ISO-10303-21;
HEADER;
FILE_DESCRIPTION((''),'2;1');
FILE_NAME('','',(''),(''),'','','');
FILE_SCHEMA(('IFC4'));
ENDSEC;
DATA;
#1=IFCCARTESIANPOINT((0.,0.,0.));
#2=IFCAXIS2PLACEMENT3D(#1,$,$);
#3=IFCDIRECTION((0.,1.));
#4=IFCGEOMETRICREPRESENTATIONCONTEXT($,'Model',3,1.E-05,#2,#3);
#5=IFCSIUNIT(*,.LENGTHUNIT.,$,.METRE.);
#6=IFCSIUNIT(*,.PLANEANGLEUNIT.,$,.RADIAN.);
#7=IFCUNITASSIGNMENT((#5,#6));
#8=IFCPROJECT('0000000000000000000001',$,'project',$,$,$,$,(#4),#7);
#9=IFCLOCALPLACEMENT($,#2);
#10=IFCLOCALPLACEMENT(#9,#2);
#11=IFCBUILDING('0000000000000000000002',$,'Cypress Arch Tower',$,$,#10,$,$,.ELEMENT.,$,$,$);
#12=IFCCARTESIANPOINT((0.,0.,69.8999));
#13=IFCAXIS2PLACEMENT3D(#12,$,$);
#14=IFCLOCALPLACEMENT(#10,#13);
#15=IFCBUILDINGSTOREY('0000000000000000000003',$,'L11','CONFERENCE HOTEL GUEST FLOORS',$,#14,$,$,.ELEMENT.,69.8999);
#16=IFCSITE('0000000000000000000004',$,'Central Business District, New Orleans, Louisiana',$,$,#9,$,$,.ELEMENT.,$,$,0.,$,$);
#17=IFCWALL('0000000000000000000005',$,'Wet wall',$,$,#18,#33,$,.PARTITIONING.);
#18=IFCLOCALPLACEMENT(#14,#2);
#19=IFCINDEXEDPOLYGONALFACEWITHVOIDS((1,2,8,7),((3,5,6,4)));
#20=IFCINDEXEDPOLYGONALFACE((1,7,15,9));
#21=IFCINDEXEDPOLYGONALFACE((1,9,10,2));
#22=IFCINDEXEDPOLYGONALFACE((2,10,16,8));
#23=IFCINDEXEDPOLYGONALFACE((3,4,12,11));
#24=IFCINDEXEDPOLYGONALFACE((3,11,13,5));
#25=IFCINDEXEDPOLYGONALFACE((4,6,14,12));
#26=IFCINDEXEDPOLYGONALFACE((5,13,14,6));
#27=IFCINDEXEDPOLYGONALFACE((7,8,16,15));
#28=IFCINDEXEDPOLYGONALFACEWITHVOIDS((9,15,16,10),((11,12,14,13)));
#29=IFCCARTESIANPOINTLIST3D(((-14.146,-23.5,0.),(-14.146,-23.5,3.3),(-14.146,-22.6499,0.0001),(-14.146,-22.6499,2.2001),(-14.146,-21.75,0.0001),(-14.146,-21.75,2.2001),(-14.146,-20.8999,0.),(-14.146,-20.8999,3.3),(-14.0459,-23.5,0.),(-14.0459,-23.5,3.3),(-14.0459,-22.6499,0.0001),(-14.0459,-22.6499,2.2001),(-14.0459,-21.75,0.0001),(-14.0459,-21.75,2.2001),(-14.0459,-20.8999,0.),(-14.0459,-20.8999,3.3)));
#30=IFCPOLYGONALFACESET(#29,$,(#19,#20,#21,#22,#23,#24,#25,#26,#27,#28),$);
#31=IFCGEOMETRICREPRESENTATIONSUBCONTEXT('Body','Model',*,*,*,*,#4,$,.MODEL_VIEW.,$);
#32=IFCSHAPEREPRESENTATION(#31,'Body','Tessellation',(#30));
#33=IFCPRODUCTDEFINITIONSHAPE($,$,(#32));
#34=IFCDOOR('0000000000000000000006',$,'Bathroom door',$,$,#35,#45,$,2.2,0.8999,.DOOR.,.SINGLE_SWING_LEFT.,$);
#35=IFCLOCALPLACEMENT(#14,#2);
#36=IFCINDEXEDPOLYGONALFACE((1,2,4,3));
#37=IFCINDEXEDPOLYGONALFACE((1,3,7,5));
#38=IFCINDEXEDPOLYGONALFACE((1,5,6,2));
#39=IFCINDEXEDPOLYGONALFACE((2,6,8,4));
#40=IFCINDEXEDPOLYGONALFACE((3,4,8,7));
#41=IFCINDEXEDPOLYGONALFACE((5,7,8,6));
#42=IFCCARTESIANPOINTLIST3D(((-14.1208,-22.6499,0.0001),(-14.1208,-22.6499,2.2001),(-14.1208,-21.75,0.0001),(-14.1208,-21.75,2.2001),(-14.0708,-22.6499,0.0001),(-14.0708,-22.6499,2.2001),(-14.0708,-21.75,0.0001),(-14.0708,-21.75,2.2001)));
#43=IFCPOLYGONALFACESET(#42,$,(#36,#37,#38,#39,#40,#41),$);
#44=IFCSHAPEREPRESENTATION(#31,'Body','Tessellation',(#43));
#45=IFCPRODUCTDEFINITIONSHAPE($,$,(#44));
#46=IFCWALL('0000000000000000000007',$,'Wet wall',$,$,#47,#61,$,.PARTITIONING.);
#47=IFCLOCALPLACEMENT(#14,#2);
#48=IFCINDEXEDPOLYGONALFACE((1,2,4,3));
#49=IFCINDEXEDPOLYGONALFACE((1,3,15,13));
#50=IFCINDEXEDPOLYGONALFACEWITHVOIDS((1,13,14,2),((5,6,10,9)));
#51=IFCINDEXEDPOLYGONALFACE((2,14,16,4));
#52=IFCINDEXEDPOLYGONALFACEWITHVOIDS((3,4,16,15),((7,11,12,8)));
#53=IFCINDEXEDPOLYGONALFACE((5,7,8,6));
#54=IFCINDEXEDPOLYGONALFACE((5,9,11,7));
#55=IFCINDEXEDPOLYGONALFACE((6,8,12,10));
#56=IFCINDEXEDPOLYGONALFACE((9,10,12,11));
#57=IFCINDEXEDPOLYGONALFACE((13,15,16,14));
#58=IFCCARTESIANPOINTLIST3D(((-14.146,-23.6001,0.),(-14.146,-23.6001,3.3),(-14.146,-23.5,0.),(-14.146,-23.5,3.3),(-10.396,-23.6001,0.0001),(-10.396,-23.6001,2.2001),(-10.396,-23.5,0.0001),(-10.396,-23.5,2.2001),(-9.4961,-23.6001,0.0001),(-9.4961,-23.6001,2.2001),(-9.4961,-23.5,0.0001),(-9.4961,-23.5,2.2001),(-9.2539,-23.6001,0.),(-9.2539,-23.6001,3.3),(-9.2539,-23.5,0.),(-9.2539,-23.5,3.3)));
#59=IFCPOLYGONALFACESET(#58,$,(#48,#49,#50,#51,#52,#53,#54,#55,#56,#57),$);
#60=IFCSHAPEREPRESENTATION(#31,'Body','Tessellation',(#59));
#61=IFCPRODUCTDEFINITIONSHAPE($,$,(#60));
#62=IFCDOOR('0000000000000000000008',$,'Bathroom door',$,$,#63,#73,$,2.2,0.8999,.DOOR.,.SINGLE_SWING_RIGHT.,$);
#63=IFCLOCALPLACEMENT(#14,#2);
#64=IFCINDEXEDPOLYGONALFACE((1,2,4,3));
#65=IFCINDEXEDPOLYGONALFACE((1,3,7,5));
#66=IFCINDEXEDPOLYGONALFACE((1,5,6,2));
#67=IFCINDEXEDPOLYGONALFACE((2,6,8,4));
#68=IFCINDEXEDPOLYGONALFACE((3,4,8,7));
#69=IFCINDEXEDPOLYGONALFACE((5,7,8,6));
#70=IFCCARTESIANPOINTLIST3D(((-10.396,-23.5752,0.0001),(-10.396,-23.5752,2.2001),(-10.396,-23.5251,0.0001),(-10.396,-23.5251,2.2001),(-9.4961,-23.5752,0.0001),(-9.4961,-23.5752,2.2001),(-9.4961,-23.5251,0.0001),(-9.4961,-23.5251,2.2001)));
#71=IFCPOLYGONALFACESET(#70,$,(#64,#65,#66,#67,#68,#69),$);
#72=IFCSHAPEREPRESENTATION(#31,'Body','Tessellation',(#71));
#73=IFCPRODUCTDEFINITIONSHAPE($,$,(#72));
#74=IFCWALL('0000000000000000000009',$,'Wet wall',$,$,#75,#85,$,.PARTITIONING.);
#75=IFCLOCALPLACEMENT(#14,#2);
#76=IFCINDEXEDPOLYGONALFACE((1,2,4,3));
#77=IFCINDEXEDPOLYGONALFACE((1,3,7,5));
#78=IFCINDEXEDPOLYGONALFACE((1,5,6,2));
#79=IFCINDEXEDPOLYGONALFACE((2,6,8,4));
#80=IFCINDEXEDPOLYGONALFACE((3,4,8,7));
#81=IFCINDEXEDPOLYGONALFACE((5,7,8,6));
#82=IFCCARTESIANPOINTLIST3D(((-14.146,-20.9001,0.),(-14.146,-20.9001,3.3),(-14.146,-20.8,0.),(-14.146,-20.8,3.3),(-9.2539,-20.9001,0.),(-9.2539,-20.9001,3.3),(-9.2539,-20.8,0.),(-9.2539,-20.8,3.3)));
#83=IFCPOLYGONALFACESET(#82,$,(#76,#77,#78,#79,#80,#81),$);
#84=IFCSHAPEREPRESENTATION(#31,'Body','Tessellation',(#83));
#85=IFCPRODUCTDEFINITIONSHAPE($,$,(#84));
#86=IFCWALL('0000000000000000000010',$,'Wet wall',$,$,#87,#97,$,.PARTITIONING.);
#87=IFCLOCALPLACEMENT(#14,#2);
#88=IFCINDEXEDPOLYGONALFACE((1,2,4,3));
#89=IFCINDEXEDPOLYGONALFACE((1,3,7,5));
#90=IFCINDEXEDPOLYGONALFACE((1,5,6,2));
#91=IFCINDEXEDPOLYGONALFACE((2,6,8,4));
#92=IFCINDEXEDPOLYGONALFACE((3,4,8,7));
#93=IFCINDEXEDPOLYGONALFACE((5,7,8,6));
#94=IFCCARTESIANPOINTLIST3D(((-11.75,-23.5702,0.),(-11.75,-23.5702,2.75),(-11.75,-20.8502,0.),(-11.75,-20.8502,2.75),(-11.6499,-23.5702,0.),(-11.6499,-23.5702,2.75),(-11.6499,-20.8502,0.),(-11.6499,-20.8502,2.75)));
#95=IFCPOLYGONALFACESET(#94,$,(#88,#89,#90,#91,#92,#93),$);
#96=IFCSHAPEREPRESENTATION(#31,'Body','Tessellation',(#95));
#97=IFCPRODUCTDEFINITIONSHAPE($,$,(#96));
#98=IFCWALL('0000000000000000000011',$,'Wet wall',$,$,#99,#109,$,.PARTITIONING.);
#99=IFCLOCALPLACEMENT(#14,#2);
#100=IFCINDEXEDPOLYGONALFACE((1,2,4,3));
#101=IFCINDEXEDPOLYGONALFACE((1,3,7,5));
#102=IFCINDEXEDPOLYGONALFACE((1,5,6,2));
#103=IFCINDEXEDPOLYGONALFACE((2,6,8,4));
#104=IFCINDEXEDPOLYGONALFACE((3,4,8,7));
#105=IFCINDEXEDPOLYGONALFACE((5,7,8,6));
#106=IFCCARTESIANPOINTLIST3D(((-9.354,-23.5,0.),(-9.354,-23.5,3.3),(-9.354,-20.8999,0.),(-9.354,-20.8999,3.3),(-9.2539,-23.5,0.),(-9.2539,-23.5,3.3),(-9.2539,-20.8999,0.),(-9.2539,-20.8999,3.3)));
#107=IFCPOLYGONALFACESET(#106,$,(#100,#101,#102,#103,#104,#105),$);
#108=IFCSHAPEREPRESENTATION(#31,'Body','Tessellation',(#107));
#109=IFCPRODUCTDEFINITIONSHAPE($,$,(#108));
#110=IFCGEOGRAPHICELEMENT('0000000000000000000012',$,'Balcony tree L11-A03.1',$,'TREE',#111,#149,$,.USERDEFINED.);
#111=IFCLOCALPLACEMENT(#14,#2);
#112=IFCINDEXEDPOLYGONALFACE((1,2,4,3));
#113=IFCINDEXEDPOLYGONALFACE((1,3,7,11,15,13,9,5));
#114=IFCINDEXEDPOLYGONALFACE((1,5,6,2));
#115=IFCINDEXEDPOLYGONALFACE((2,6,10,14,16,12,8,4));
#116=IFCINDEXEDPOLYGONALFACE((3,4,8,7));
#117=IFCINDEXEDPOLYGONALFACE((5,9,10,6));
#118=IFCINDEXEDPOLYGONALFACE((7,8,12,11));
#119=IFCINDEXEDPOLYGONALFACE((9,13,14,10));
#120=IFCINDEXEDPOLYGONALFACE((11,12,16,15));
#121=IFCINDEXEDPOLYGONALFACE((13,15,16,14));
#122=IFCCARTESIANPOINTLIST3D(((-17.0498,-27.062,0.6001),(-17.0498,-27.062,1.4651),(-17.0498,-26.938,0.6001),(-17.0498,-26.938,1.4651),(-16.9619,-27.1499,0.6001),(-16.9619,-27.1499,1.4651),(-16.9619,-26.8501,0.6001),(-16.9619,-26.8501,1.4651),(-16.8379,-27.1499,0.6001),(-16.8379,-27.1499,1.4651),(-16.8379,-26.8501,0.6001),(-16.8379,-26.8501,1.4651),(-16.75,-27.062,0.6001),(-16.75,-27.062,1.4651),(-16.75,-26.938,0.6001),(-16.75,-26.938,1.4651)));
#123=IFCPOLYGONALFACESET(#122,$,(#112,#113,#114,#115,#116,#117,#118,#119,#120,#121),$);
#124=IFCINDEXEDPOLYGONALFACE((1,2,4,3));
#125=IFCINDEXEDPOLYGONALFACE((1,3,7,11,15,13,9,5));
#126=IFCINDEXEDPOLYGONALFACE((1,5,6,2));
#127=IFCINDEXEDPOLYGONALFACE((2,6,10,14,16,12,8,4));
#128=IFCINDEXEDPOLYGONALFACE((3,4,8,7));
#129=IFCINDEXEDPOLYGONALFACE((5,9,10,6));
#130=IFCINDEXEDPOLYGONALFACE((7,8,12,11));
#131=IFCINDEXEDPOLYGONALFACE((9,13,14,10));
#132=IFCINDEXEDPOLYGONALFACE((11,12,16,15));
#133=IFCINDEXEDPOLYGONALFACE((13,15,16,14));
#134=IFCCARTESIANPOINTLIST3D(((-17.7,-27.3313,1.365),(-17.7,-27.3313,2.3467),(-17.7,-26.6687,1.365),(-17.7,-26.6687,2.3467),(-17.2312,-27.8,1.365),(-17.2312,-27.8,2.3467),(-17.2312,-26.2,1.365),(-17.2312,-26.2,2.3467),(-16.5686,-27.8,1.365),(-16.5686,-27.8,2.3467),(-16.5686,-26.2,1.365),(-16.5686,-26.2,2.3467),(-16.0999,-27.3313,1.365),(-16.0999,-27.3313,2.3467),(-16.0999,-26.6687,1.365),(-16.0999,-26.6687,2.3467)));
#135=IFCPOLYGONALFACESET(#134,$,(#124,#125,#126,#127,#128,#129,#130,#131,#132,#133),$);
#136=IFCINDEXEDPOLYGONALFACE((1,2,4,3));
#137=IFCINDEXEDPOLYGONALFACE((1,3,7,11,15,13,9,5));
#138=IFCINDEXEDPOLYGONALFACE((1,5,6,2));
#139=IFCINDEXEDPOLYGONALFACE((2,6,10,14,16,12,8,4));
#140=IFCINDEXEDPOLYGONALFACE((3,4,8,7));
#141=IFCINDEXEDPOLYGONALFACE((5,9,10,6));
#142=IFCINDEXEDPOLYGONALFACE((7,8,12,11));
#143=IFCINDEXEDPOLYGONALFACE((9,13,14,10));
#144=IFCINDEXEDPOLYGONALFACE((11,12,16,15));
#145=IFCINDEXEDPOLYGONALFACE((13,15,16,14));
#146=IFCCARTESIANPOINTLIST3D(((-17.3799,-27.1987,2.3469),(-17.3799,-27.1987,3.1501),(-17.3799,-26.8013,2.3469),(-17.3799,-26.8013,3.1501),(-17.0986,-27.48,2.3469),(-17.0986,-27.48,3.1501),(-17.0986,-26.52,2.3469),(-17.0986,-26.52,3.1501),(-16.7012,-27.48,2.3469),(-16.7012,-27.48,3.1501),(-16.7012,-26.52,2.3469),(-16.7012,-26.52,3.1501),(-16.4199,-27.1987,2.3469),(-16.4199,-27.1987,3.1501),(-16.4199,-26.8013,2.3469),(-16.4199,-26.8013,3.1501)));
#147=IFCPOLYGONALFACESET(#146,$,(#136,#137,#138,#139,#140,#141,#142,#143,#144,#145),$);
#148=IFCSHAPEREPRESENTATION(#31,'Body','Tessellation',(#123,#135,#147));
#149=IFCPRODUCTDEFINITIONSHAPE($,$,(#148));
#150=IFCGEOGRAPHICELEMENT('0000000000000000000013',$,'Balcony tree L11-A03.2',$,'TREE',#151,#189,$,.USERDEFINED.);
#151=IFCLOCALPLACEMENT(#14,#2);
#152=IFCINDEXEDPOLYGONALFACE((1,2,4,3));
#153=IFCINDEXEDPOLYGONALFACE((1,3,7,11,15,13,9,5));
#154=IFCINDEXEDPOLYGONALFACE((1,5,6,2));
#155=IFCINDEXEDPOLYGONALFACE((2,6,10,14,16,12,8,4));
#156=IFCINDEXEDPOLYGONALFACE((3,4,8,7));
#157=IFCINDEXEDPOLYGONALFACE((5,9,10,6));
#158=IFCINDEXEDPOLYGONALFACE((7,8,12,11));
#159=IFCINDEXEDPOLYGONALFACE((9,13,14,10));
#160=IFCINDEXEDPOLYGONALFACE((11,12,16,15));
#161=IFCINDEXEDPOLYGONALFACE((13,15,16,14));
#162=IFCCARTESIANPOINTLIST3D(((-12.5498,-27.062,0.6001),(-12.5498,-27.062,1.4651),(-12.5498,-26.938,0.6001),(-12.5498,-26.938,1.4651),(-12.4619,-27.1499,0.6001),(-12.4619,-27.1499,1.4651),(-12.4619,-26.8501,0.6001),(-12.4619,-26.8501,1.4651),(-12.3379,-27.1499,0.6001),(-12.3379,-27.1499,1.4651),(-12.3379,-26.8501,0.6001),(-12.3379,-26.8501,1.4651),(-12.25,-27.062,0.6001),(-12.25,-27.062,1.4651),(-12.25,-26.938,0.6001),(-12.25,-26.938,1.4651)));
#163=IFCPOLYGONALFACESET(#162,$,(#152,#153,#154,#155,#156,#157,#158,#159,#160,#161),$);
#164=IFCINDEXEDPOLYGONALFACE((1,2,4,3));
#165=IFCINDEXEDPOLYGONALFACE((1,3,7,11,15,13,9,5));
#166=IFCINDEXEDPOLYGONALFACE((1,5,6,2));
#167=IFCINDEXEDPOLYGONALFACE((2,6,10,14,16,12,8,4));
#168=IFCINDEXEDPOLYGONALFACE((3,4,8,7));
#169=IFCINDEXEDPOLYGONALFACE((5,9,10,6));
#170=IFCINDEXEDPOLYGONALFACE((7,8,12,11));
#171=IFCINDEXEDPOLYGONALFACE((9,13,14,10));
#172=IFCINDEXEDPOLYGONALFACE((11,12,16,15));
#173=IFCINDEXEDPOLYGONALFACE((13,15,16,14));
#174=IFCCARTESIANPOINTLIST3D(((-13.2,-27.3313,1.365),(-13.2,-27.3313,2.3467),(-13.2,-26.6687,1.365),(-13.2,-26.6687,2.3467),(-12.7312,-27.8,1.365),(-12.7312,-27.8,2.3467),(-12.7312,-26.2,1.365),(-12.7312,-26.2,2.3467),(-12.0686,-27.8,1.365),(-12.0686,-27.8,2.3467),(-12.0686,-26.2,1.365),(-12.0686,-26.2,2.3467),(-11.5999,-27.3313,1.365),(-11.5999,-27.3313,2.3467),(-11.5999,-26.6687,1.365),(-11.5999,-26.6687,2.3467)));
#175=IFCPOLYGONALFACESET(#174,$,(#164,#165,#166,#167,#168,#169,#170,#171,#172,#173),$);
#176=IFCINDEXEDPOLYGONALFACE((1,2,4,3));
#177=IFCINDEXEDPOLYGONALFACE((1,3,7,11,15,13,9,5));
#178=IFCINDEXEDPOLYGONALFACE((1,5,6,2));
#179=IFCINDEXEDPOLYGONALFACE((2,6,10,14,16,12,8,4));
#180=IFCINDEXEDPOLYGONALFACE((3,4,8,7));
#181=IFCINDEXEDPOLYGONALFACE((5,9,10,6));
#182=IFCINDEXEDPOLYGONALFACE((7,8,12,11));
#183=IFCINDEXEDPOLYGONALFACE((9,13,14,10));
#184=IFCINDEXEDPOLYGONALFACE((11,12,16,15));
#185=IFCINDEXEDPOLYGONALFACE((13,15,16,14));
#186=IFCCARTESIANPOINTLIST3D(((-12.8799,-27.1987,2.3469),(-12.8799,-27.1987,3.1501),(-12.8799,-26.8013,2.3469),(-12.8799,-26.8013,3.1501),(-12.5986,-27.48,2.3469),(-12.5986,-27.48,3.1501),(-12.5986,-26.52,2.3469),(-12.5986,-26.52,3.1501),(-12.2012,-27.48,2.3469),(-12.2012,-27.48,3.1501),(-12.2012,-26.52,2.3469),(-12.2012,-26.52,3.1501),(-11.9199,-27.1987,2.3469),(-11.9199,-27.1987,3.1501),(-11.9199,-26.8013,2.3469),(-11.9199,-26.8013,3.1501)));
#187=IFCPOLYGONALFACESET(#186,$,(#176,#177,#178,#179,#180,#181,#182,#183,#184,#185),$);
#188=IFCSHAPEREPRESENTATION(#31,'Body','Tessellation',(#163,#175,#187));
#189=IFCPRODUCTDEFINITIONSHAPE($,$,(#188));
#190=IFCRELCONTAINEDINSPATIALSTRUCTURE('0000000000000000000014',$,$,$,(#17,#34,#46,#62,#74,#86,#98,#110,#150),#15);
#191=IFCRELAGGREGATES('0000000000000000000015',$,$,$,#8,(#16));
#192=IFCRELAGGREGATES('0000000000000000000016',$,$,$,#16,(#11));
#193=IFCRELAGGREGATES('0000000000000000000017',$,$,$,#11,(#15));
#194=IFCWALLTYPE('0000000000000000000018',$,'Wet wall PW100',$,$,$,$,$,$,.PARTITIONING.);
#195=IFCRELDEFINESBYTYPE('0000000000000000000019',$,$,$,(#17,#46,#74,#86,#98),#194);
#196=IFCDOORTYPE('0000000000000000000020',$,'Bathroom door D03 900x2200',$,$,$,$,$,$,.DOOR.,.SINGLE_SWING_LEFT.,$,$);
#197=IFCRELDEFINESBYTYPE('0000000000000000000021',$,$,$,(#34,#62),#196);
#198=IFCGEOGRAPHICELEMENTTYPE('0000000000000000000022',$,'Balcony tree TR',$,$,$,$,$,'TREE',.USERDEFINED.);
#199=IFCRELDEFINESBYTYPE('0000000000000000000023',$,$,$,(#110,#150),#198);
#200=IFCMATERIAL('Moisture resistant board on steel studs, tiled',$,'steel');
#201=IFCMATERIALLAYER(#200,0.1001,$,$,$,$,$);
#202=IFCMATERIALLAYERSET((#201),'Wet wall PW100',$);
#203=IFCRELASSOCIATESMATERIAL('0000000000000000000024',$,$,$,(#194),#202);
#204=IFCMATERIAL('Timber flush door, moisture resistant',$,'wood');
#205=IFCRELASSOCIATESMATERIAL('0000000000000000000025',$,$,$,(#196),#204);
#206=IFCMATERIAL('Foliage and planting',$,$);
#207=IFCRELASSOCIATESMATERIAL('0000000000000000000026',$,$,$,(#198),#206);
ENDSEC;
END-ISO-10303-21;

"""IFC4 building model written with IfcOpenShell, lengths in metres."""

from ifc_helpers import new_model, si_unit, direction, frame, frame_2d, origin, place, context, subcontext, project, spatial, polyline, rectangle, outline, extrude, material, layer, layer_set, type_object, element, fill, save


model = new_model("IFC4")

# Units and contexts
model_context = context("Model", 3, precision=1e-05, world=origin(), true_north=direction((0.0, 1.0)))
body_context = subcontext(model_context, "Body", "Model", "MODEL_VIEW")
ifc_project = project(units=[si_unit("LENGTHUNIT", "METRE"), si_unit("PLANEANGLEUNIT", "RADIAN")], contexts=[model_context])

# Site, building, storey
site_placement = place(None, origin())
site = spatial("IfcSite", under=ifc_project, at=site_placement, Name="Central Business District, New Orleans, Louisiana", CompositionType="ELEMENT", RefElevation=0.0)
building_placement = place(site_placement, origin())
building = spatial("IfcBuilding", under=site, at=building_placement, Name="Cypress Arch Tower", CompositionType="ELEMENT")
storey_placement = place(building_placement, frame((0.0, 0.0, 69.8999)))
storey = spatial("IfcBuildingStorey", under=building, at=storey_placement, Name="L11", Description="CONFERENCE HOTEL GUEST FLOORS", CompositionType="ELEMENT", Elevation=69.8999)

# Walls, openings, doors
ifc_material_1 = material(Name="Moisture resistant board on steel studs, tiled", Category="steel")
ifc_layer_1 = layer(ifc_material_1, 0.1001)
ifc_layer_set_1 = layer_set([ifc_layer_1], Name="Wet wall PW100")
wall_type_1 = type_object("IfcWallType", Name="Wet wall PW100", PredefinedType="PARTITIONING", material=ifc_layer_set_1)
wall_1_placement = place(storey_placement, frame((-14.0959, -23.5, 0.0), z_axis=(0.0, 0.0, 1.0), x_axis=(0.0, 1.0, 0.0)))
wall_1 = element("IfcWall", 1, at=wall_1_placement, inside=storey, type_object=wall_type_1, Name="Wet wall", PredefinedType="PARTITIONING", context=body_context, shape_type="SweptSolid", body=[
    extrude(rectangle(XDim=2.6001, YDim=0.1001, at=frame_2d((1.3, 0.0))), origin(), (0.0, 0.0, 1.0), 3.3),
])
opening_1_placement = place(wall_1_placement, frame((0.8501, 0.0, 0.0)))
opening_1 = element("IfcOpeningElement", 2, at=opening_1_placement, cuts=wall_1, PredefinedType="OPENING", context=body_context, shape_type="SweptSolid", body=[
    extrude(rectangle(XDim=0.8999, YDim=2.2, at=frame_2d((0.45, 1.1001))), frame((0.0, 0.0601, 0.0), z_axis=(0.0, -1.0, 0.0), x_axis=(1.0, 0.0, 0.0)), (0.0, 0.0, 1.0), 0.1201),
])
ifc_material_2 = material(Name="Timber flush door, moisture resistant", Category="wood")
door_type_1 = type_object("IfcDoorType", Name="Bathroom door D03 900x2200", OperationType="SINGLE_SWING_LEFT", PredefinedType="DOOR", material=ifc_material_2)
door_1_placement = place(opening_1_placement, origin())
door_1 = element("IfcDoor", 3, at=door_1_placement, inside=storey, type_object=door_type_1, Name="Bathroom door", OperationType="SINGLE_SWING_LEFT", OverallHeight=2.2, OverallWidth=0.8999, PredefinedType="DOOR", context=body_context, shape_type="SweptSolid", body=[
    extrude(rectangle(XDim=0.8999, YDim=2.2, at=frame_2d((0.45, 1.1001))), frame((0.0, 0.0249, 0.0), z_axis=(0.0, -1.0, 0.0), x_axis=(1.0, 0.0, 0.0)), (0.0, 0.0, 1.0), 0.05),
])
fill(opening_1, door_1)
wall_2_placement = place(storey_placement, frame((-14.146, -23.55, 0.0), z_axis=(0.0, 0.0, 1.0), x_axis=(1.0, 0.0, 0.0)))
wall_2 = element("IfcWall", 4, at=wall_2_placement, inside=storey, type_object=wall_type_1, Name="Wet wall", PredefinedType="PARTITIONING", context=body_context, shape_type="SweptSolid", body=[
    extrude(rectangle(XDim=4.8921, YDim=0.1001, at=frame_2d((2.446, 0.0))), origin(), (0.0, 0.0, 1.0), 3.3),
])
opening_2_placement = place(wall_2_placement, frame((3.75, 0.0, 0.0)))
opening_2 = element("IfcOpeningElement", 5, at=opening_2_placement, cuts=wall_2, PredefinedType="OPENING", context=body_context, shape_type="SweptSolid", body=[
    extrude(rectangle(XDim=0.8999, YDim=2.2, at=frame_2d((0.45, 1.1001))), frame((0.0, 0.0601, 0.0), z_axis=(0.0, -1.0, 0.0), x_axis=(1.0, 0.0, 0.0)), (0.0, 0.0, 1.0), 0.1201),
])
door_2_placement = place(opening_2_placement, origin())
door_2 = element("IfcDoor", 6, at=door_2_placement, inside=storey, type_object=door_type_1, Name="Bathroom door", OperationType="SINGLE_SWING_RIGHT", OverallHeight=2.2, OverallWidth=0.8999, PredefinedType="DOOR", context=body_context, shape_type="SweptSolid", body=[
    extrude(rectangle(XDim=0.8999, YDim=2.2, at=frame_2d((0.45, 1.1001))), frame((0.0, 0.0249, 0.0), z_axis=(0.0, -1.0, 0.0), x_axis=(1.0, 0.0, 0.0)), (0.0, 0.0, 1.0), 0.05),
])
fill(opening_2, door_2)

# Walls
wall_3_placement = place(storey_placement, frame((-14.146, -20.8501, 0.0), z_axis=(0.0, 0.0, 1.0), x_axis=(1.0, 0.0, 0.0)))
element("IfcWall", 7, at=wall_3_placement, inside=storey, type_object=wall_type_1, Name="Wet wall", PredefinedType="PARTITIONING", context=body_context, shape_type="SweptSolid", body=[
    extrude(rectangle(XDim=4.8921, YDim=0.1001, at=frame_2d((2.446, 0.0))), origin(), (0.0, 0.0, 1.0), 3.3),
])
wall_4_placement = place(storey_placement, frame((-11.7, -23.5701, 0.0), z_axis=(0.0, 0.0, 1.0), x_axis=(0.0, 1.0, 0.0)))
element("IfcWall", 8, at=wall_4_placement, inside=storey, type_object=wall_type_1, Name="Wet wall", PredefinedType="PARTITIONING", context=body_context, shape_type="SweptSolid", body=[
    extrude(rectangle(XDim=2.72, YDim=0.1001, at=frame_2d((1.3599, 0.0))), origin(), (0.0, 0.0, 1.0), 2.75),
])
wall_5_placement = place(storey_placement, frame((-9.304, -23.5, 0.0), z_axis=(0.0, 0.0, 1.0), x_axis=(0.0, 1.0, 0.0)))
element("IfcWall", 9, at=wall_5_placement, inside=storey, type_object=wall_type_1, Name="Wet wall", PredefinedType="PARTITIONING", context=body_context, shape_type="SweptSolid", body=[
    extrude(rectangle(XDim=2.6001, YDim=0.1001, at=frame_2d((1.3, 0.0))), origin(), (0.0, 0.0, 1.0), 3.3),
])

# Geographic elements
ifc_material_3 = material(Name="Foliage and planting")
geographic_element_type = type_object("IfcGeographicElementType", Name="Balcony tree TR", ElementType="TREE", PredefinedType="USERDEFINED", material=ifc_material_3)
for number, where, z_axis, x_axis, name in (
    (10, (-16.8999, -27.0, 0.6001), (0.0, 0.0, 1.0), (1.0, 0.0, 0.0), "Balcony tree L11-A03.1"),
    (11, (-12.3999, -27.0, 0.6001), (0.0, 0.0, 1.0), (1.0, 0.0, 0.0), "Balcony tree L11-A03.2"),
):
    element("IfcGeographicElement", number, at=place(storey_placement, frame(where, z_axis=z_axis, x_axis=x_axis)), inside=storey, type_object=geographic_element_type, Name=name, ObjectType="TREE", PredefinedType="USERDEFINED", context=body_context, shape_type="SweptSolid", body=[
        extrude(outline(polyline([(0.1499, 0.062), (0.062, 0.1499), (-0.062, 0.1499), (-0.1499, 0.062), (-0.1499, -0.062), (-0.062, -0.1499), (0.062, -0.1499), (0.1499, -0.062), (0.1499, 0.062)])), origin(), (0.0, 0.0, 1.0), 0.865),
        extrude(outline(polyline([(0.8, 0.3313), (0.3313, 0.8), (-0.3313, 0.8), (-0.8, 0.3313), (-0.8, -0.3313), (-0.3313, -0.8), (0.3313, -0.8), (0.8, -0.3313), (0.8, 0.3313)])), frame((0.0, 0.0, 0.7649)), (0.0, 0.0, 1.0), 0.9817),
        extrude(outline(polyline([(0.48, 0.1987), (0.1987, 0.48), (-0.1987, 0.48), (-0.48, 0.1987), (-0.48, -0.1987), (-0.1987, -0.48), (0.1987, -0.48), (0.48, -0.1987), (0.48, 0.1987)])), frame((0.0, 0.0, 1.7468)), (0.0, 0.0, 1.0), 0.8032),
    ])

save(model, "model.ifc")
